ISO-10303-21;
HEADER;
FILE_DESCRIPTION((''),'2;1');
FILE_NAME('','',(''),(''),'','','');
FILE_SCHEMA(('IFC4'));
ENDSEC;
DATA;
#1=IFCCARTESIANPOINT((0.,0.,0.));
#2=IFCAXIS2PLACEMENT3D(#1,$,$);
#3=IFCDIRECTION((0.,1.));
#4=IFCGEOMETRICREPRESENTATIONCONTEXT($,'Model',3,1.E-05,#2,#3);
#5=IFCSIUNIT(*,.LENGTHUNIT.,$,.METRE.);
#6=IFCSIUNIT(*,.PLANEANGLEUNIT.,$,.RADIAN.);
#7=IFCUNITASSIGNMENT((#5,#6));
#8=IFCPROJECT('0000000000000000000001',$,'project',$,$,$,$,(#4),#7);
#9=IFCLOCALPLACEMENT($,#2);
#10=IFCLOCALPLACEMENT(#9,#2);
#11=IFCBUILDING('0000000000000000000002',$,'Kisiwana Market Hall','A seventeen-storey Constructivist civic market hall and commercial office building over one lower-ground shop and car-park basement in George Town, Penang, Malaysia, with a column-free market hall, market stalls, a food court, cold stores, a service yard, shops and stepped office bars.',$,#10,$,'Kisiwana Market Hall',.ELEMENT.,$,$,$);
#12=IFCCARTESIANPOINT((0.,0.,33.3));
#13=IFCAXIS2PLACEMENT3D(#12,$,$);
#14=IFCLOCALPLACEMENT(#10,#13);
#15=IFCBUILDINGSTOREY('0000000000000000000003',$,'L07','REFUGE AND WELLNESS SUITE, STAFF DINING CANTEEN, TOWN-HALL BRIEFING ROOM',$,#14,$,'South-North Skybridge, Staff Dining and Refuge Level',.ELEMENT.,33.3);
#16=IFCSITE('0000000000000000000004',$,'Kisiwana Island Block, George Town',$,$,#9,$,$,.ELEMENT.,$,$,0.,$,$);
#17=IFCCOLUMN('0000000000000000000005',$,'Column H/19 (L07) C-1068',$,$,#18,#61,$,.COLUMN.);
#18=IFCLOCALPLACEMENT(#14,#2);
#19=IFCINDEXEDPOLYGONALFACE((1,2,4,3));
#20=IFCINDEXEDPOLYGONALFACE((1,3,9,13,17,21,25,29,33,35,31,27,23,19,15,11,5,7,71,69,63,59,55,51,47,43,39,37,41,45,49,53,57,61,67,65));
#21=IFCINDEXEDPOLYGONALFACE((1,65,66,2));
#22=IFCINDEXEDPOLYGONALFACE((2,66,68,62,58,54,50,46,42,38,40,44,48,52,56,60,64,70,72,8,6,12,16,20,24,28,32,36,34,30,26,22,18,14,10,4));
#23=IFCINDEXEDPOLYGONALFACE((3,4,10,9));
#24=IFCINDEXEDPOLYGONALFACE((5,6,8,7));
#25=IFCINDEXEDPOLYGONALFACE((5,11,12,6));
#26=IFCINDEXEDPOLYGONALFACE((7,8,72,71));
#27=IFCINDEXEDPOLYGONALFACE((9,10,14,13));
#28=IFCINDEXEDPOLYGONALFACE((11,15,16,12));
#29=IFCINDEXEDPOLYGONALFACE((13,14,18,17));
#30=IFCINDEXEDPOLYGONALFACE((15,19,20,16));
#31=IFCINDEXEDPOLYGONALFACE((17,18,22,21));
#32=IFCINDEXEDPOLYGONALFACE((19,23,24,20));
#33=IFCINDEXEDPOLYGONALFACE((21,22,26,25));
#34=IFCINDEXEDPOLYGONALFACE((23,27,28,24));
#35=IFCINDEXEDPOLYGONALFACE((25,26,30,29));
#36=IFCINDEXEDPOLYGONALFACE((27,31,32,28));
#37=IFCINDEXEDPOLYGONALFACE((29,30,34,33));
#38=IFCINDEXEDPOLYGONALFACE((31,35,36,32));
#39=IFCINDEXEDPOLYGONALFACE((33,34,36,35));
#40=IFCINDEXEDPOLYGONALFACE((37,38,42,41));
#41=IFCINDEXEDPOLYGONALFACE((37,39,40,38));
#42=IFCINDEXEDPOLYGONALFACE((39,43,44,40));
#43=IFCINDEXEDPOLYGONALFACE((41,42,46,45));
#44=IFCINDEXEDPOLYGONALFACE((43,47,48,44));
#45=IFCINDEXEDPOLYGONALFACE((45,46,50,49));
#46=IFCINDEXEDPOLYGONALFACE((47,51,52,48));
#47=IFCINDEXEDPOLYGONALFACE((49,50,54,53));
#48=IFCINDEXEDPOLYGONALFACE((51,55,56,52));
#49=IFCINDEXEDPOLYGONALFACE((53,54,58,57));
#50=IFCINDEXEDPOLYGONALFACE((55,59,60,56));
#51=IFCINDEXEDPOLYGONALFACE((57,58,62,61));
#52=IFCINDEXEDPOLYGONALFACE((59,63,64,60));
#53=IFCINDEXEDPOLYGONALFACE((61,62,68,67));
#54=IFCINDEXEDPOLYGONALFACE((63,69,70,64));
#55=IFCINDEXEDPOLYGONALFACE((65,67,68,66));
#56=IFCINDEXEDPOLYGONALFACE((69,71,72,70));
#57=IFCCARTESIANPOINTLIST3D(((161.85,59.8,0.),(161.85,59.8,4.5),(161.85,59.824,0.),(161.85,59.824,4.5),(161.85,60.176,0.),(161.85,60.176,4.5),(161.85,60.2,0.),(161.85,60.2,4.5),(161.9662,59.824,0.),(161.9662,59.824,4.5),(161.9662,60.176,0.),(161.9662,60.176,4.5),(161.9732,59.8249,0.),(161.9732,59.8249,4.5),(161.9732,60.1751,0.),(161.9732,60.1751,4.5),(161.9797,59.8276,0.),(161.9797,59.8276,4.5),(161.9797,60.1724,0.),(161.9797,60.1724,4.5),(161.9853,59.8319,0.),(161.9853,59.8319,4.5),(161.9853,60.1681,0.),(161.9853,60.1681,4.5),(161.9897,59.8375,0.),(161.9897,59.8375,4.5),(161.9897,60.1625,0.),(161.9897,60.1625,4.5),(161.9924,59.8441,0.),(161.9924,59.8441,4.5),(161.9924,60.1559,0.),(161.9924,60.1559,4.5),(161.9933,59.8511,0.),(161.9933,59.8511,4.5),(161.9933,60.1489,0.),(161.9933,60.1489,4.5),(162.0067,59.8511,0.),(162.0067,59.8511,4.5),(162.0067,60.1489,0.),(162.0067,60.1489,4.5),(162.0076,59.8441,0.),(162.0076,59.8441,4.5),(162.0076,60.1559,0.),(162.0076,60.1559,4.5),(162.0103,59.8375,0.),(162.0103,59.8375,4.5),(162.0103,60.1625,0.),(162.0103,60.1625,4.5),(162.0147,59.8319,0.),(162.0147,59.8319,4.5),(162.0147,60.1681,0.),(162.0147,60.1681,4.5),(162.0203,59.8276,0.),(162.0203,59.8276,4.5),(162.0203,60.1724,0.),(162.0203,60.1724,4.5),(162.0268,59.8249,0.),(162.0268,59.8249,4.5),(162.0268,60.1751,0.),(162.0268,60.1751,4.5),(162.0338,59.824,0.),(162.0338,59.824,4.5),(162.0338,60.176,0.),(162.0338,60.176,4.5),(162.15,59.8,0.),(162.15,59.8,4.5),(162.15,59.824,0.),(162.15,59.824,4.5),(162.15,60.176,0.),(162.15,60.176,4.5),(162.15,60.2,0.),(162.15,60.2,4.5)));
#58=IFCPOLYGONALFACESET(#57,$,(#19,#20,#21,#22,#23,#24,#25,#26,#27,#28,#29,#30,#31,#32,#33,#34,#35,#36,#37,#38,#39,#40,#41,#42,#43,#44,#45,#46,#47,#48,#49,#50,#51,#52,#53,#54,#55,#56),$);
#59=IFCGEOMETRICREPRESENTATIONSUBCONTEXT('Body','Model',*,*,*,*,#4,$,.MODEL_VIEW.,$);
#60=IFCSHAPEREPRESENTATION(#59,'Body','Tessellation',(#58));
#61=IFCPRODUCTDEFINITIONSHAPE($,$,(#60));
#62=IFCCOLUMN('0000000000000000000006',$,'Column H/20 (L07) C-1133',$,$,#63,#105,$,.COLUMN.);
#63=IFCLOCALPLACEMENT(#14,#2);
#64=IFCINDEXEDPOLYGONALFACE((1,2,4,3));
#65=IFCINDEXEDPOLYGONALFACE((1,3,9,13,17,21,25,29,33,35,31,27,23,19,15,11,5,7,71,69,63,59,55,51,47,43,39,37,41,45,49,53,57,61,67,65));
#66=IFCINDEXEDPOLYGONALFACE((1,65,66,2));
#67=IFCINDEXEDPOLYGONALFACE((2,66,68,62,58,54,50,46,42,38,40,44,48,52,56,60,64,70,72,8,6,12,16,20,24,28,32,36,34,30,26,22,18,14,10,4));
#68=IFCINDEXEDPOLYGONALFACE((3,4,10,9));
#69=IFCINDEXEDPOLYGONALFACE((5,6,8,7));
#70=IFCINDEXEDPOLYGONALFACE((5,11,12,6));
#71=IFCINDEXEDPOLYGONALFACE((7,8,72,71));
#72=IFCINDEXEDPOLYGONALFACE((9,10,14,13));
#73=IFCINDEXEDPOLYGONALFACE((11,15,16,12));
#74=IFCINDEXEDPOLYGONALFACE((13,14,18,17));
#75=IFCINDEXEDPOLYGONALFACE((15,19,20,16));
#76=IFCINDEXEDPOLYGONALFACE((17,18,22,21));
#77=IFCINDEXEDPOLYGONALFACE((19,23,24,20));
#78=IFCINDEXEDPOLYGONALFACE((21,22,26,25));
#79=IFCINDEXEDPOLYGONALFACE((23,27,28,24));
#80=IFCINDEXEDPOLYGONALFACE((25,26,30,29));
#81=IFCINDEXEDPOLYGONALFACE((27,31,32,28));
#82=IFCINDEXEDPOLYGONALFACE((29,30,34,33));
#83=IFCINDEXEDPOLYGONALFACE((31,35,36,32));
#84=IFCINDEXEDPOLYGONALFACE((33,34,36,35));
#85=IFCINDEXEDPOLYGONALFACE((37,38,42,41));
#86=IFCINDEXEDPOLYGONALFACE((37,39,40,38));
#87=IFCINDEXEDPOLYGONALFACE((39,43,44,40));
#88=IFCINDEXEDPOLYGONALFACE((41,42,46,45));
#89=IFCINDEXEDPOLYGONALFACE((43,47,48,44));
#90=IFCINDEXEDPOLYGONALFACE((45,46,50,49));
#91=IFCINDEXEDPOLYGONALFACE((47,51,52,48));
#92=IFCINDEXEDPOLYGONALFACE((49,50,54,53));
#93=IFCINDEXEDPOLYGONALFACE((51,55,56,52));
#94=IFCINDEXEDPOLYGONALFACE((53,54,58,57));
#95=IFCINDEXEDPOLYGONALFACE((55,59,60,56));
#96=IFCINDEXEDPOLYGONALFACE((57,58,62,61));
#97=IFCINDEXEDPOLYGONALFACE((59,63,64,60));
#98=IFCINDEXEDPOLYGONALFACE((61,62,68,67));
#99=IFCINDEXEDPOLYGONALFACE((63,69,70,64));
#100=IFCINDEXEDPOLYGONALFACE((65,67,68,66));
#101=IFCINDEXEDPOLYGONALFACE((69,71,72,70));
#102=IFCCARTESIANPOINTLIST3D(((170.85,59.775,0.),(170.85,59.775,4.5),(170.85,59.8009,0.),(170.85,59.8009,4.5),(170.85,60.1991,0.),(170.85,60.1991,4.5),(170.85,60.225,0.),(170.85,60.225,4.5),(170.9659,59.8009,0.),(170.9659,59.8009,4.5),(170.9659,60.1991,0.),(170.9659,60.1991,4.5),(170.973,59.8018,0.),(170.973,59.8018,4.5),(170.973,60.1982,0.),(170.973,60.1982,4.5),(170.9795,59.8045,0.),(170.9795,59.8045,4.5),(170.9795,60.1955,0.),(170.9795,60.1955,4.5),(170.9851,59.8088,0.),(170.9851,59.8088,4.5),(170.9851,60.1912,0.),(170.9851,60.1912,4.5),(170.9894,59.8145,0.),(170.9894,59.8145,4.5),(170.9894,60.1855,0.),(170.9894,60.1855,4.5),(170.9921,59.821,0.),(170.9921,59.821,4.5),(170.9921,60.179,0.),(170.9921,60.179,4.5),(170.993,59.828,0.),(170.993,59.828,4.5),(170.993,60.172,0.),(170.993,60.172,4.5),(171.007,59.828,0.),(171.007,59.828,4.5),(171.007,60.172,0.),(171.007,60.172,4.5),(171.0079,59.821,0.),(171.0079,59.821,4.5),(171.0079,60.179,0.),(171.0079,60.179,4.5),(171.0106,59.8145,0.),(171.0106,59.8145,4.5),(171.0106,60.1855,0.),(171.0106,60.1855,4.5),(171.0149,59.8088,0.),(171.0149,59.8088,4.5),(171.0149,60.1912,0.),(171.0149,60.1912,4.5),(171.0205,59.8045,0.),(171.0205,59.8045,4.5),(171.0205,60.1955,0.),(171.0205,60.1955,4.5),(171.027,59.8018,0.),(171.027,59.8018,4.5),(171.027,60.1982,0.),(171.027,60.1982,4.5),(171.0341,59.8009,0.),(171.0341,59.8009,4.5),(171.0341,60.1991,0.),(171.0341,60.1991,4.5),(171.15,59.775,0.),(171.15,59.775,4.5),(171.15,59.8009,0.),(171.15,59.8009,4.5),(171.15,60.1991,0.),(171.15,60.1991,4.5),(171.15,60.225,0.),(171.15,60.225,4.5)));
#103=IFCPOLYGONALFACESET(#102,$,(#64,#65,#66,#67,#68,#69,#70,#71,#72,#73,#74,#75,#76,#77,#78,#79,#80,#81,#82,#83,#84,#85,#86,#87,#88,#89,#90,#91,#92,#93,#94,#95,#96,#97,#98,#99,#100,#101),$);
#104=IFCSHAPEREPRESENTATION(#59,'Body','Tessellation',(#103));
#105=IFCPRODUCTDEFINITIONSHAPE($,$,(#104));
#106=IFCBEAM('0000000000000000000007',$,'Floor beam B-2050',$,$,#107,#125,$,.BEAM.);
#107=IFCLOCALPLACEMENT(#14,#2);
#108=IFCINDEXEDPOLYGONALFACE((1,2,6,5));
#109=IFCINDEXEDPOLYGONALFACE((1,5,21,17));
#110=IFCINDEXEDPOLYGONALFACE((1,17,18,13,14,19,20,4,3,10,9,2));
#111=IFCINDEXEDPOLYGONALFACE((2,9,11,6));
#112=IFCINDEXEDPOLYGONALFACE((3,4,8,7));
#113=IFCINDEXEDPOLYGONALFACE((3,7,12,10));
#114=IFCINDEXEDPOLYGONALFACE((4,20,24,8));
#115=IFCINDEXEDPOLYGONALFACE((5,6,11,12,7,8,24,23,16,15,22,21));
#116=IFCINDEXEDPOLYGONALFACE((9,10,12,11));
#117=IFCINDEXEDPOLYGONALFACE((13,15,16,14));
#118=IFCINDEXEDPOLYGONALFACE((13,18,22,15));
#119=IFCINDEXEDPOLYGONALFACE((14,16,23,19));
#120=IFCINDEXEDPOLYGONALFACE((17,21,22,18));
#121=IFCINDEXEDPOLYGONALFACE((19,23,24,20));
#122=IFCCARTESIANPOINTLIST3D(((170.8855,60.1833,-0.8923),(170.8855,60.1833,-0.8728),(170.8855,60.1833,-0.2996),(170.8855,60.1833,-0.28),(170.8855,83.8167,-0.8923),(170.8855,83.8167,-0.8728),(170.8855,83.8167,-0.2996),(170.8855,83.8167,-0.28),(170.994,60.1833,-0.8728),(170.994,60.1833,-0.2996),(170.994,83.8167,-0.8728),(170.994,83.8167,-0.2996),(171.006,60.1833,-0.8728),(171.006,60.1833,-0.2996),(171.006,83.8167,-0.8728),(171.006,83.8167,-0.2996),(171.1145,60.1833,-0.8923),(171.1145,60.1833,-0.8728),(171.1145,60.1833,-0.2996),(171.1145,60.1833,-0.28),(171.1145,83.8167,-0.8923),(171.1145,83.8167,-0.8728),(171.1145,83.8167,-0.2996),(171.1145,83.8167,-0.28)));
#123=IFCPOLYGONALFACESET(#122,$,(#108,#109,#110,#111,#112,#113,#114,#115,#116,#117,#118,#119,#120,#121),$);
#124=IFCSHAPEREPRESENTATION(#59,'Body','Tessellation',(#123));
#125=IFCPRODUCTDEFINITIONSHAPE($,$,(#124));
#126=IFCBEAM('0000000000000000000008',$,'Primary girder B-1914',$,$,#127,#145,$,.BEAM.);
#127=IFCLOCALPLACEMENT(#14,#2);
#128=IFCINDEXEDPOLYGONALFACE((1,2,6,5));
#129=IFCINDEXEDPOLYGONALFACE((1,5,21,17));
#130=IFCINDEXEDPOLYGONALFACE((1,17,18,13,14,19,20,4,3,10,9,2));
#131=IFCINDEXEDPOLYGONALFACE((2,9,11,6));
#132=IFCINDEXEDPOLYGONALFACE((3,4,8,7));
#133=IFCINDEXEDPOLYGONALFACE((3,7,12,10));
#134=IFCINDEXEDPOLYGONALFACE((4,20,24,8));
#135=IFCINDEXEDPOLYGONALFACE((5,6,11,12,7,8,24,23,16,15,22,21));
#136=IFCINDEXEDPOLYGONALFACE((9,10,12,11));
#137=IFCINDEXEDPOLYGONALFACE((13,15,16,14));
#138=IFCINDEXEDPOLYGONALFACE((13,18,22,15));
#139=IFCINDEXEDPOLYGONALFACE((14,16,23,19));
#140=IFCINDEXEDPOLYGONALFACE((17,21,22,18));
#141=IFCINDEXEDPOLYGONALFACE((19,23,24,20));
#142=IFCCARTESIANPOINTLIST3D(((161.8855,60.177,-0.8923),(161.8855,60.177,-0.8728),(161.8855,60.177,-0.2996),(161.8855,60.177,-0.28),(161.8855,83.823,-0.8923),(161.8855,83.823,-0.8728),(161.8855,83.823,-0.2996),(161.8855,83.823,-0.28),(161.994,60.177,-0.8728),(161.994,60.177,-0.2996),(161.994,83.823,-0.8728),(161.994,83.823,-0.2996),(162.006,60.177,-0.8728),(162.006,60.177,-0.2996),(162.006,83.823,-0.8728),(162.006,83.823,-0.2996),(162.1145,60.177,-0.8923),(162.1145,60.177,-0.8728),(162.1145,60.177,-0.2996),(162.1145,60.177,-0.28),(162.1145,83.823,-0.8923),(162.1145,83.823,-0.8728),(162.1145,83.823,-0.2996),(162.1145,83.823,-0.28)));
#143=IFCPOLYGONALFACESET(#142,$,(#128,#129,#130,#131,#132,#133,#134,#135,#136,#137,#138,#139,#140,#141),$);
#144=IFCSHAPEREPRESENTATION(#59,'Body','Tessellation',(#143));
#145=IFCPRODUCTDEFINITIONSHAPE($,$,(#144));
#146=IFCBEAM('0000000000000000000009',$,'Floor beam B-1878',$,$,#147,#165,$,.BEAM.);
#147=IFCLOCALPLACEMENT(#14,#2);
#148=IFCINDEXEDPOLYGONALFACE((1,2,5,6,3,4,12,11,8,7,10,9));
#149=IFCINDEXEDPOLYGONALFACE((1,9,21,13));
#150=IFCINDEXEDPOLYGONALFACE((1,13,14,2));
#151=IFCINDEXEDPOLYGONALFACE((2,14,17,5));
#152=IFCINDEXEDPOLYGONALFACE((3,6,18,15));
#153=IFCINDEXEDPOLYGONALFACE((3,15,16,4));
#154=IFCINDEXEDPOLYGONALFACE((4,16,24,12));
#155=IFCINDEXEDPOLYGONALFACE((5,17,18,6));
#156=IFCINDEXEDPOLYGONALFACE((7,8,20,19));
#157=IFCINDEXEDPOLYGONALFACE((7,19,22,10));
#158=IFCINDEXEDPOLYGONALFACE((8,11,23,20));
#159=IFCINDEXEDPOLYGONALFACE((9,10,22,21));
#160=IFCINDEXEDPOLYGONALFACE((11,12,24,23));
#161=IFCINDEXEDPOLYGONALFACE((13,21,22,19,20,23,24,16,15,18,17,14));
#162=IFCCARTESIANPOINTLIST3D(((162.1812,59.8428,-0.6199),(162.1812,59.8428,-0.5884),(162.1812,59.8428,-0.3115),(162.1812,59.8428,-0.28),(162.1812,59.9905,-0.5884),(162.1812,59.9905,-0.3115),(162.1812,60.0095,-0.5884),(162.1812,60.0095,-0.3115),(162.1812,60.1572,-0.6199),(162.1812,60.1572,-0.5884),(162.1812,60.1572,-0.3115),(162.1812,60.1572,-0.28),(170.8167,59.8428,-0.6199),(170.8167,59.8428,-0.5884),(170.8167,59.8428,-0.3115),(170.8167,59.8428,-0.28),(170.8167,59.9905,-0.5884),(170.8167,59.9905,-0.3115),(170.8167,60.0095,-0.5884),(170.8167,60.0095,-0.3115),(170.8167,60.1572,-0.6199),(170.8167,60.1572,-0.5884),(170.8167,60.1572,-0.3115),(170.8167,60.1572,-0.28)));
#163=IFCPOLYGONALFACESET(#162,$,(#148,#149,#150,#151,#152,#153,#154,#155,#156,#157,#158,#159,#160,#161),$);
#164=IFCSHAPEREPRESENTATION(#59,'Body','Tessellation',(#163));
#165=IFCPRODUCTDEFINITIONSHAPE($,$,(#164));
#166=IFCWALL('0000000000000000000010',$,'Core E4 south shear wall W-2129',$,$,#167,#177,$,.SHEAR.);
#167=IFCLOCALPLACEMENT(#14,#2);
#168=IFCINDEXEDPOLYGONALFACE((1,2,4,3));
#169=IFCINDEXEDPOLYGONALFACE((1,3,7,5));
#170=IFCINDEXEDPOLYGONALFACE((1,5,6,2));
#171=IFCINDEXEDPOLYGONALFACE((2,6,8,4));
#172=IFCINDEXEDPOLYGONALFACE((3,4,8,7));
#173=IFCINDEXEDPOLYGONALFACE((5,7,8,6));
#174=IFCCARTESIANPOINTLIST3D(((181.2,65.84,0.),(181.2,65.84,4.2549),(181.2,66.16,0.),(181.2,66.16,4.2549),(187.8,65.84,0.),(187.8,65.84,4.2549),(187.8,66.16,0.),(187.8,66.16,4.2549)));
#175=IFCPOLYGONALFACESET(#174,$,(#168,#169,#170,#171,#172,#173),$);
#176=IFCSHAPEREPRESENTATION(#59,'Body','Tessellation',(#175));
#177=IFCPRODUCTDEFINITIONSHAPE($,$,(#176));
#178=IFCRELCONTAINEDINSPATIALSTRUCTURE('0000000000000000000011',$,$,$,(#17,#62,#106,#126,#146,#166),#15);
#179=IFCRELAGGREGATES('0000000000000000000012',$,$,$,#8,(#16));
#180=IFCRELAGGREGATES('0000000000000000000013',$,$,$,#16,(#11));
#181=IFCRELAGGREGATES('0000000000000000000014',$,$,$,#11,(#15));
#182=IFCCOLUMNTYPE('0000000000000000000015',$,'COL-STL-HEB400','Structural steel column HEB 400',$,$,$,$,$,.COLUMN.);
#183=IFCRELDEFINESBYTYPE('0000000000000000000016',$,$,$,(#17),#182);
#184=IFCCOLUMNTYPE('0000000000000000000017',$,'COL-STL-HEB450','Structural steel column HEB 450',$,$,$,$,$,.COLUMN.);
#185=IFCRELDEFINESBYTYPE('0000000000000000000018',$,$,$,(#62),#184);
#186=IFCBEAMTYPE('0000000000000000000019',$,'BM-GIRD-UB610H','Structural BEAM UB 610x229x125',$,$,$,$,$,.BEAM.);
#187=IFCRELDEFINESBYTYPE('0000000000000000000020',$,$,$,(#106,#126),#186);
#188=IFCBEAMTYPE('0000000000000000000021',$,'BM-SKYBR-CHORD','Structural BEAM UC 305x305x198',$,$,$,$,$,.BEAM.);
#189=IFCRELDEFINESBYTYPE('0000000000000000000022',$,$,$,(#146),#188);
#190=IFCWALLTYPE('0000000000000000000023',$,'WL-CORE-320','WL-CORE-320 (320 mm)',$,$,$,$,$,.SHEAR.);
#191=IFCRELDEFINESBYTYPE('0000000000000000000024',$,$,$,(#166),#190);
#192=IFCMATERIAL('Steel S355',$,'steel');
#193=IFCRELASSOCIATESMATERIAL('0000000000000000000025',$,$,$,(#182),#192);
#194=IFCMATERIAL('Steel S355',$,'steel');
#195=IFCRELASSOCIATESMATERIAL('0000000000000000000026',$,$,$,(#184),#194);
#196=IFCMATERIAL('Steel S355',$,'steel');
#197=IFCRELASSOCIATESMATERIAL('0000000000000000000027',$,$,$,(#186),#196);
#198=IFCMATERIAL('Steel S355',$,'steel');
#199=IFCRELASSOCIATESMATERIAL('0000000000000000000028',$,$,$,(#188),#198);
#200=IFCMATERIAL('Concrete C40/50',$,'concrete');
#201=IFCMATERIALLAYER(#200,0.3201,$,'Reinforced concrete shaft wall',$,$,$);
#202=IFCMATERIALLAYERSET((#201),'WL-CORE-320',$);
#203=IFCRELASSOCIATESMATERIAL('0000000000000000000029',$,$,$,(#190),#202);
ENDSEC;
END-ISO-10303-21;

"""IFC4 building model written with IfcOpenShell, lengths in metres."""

from ifc_helpers import new_model, si_unit, direction, frame, frame_2d, origin, origin_2d, place, context, subcontext, project, spatial, rectangle, i_section, extrude, material, layer, layer_set, material_profile, profile_set, type_object, element, save


model = new_model("IFC4")

# Units and contexts
model_context = context("Model", 3, precision=1e-05, world=origin(), true_north=direction((0.0, 1.0)))
body_context = subcontext(model_context, "Body", "Model", "MODEL_VIEW")
ifc_project = project(units=[si_unit("LENGTHUNIT", "METRE"), si_unit("PLANEANGLEUNIT", "RADIAN")], contexts=[model_context])

# Site, building, storey
site_placement = place(None, origin())
site = spatial("IfcSite", under=ifc_project, at=site_placement, Name="Kisiwana Island Block, George Town", CompositionType="ELEMENT", RefElevation=0.0)
building_placement = place(site_placement, origin())
building = spatial("IfcBuilding", under=site, at=building_placement, Name="Kisiwana Market Hall", Description="A seventeen-storey Constructivist civic market hall and commercial office building over one lower-ground shop and car-park basement in George Town, Penang, Malaysia, with a column-free market hall, market stalls, a food court, cold stores, a service yard, shops and stepped office bars.", LongName="Kisiwana Market Hall", CompositionType="ELEMENT")
storey_placement = place(building_placement, frame((0.0, 0.0, 33.3)))
storey = spatial("IfcBuildingStorey", under=building, at=storey_placement, Name="L07", Description="REFUGE AND WELLNESS SUITE, STAFF DINING CANTEEN, TOWN-HALL BRIEFING ROOM", LongName="South-North Skybridge, Staff Dining and Refuge Level", CompositionType="ELEMENT", Elevation=33.3)

# Columns
ifc_material_1 = material(Name="Steel S355", Category="steel")
ifc_material_profile_1 = material_profile(ifc_material_1, i_section(OverallWidth=0.3, OverallDepth=0.3999, WebThickness=0.0134, FlangeThickness=0.0239, FilletRadius=0.0271, at=origin_2d()), Name="HEB 400")
ifc_profile_set_1 = profile_set([ifc_material_profile_1], Name="Steel S355")
column_type_1 = type_object("IfcColumnType", Name="COL-STL-HEB400", Description="Structural steel column HEB 400", PredefinedType="COLUMN", material=ifc_profile_set_1)
column_1_placement = place(storey_placement, frame((162.0, 60.0, 0.0), z_axis=(0.0, 0.0, 1.0), x_axis=(1.0, 0.0, 0.0)))
element("IfcColumn", 1, at=column_1_placement, inside=storey, type_object=column_type_1, Name="Column H/19 (L07) C-1068", PredefinedType="COLUMN", context=body_context, shape_type="SweptSolid", body=[
    extrude(i_section(OverallWidth=0.3, OverallDepth=0.3999, WebThickness=0.0134, FlangeThickness=0.0239, FilletRadius=0.0271, at=origin_2d()), origin(), (0.0, 0.0, 1.0), 4.5),
])
ifc_material_2 = material(Name="Steel S355", Category="steel")
ifc_material_profile_2 = material_profile(ifc_material_2, i_section(OverallWidth=0.3, OverallDepth=0.45, WebThickness=0.0139, FlangeThickness=0.0259, FilletRadius=0.0271, at=origin_2d()), Name="HEB 450")
ifc_profile_set_2 = profile_set([ifc_material_profile_2], Name="Steel S355")
column_type_2 = type_object("IfcColumnType", Name="COL-STL-HEB450", Description="Structural steel column HEB 450", PredefinedType="COLUMN", material=ifc_profile_set_2)
column_2_placement = place(storey_placement, frame((171.0, 60.0, 0.0), z_axis=(0.0, 0.0, 1.0), x_axis=(1.0, 0.0, 0.0)))
element("IfcColumn", 2, at=column_2_placement, inside=storey, type_object=column_type_2, Name="Column H/20 (L07) C-1133", PredefinedType="COLUMN", context=body_context, shape_type="SweptSolid", body=[
    extrude(i_section(OverallWidth=0.3, OverallDepth=0.45, WebThickness=0.0139, FlangeThickness=0.0259, FilletRadius=0.0271, at=origin_2d()), origin(), (0.0, 0.0, 1.0), 4.5),
])

# Beams
ifc_material_3 = material(Name="Steel S355", Category="steel")
ifc_material_profile_3 = material_profile(ifc_material_3, i_section(OverallWidth=0.229, OverallDepth=0.6123, WebThickness=0.012, FlangeThickness=0.0195, at=origin_2d()), Name="UB 610x229x125")
ifc_profile_set_3 = profile_set([ifc_material_profile_3], Name="Steel S355")
beam_type_1 = type_object("IfcBeamType", Name="BM-GIRD-UB610H", Description="Structural BEAM UB 610x229x125", PredefinedType="BEAM", material=ifc_profile_set_3)
beam_1_placement = place(storey_placement, frame((171.0, 60.1833, -0.5862), z_axis=(0.0, 1.0, 0.0), x_axis=(-1.0, 0.0, 0.0)))
element("IfcBeam", 3, at=beam_1_placement, inside=storey, type_object=beam_type_1, Name="Floor beam B-2050", PredefinedType="BEAM", context=body_context, shape_type="SweptSolid", body=[
    extrude(i_section(OverallWidth=0.229, OverallDepth=0.6123, WebThickness=0.012, FlangeThickness=0.0195, at=origin_2d()), origin(), (0.0, 0.0, 1.0), 23.6333),
])
beam_2_placement = place(storey_placement, frame((162.0, 60.177, -0.5862), z_axis=(0.0, 1.0, 0.0), x_axis=(-1.0, 0.0, 0.0)))
element("IfcBeam", 4, at=beam_2_placement, inside=storey, type_object=beam_type_1, Name="Primary girder B-1914", PredefinedType="BEAM", context=body_context, shape_type="SweptSolid", body=[
    extrude(i_section(OverallWidth=0.229, OverallDepth=0.6123, WebThickness=0.012, FlangeThickness=0.0195, at=origin_2d()), origin(), (0.0, 0.0, 1.0), 23.646),
])
ifc_material_4 = material(Name="Steel S355", Category="steel")
ifc_material_profile_4 = material_profile(ifc_material_4, i_section(OverallWidth=0.3145, OverallDepth=0.3398, WebThickness=0.019, FlangeThickness=0.0315, at=origin_2d()), Name="UC 305x305x198")
ifc_profile_set_4 = profile_set([ifc_material_profile_4], Name="Steel S355")
beam_type_2 = type_object("IfcBeamType", Name="BM-SKYBR-CHORD", Description="Structural BEAM UC 305x305x198", PredefinedType="BEAM", material=ifc_profile_set_4)
beam_3_placement = place(storey_placement, frame((162.1812, 60.0, -0.45), z_axis=(1.0, 0.0, 0.0), x_axis=(0.0, 1.0, 0.0)))
element("IfcBeam", 5, at=beam_3_placement, inside=storey, type_object=beam_type_2, Name="Floor beam B-1878", PredefinedType="BEAM", context=body_context, shape_type="SweptSolid", body=[
    extrude(i_section(OverallWidth=0.3145, OverallDepth=0.3398, WebThickness=0.019, FlangeThickness=0.0315, at=origin_2d()), origin(), (0.0, 0.0, 1.0), 8.6355),
])

# Wall
ifc_material_5 = material(Name="Concrete C40/50", Category="concrete")
ifc_layer = layer(ifc_material_5, 0.3201, Name="Reinforced concrete shaft wall")
ifc_layer_set = layer_set([ifc_layer], Name="WL-CORE-320")
wall_type = type_object("IfcWallType", Name="WL-CORE-320", Description="WL-CORE-320 (320 mm)", PredefinedType="SHEAR", material=ifc_layer_set)
wall_1_placement = place(storey_placement, frame((181.2, 66.0, 0.0), z_axis=(0.0, 0.0, 1.0), x_axis=(1.0, 0.0, 0.0)))
element("IfcWall", 6, at=wall_1_placement, inside=storey, type_object=wall_type, Name="Core E4 south shear wall W-2129", PredefinedType="SHEAR", context=body_context, shape_type="SweptSolid", body=[
    extrude(rectangle(XDim=6.6001, YDim=0.3201, at=frame_2d((3.3, 0.0))), origin(), (0.0, 0.0, 1.0), 4.2549),
])

save(model, "model.ifc")
